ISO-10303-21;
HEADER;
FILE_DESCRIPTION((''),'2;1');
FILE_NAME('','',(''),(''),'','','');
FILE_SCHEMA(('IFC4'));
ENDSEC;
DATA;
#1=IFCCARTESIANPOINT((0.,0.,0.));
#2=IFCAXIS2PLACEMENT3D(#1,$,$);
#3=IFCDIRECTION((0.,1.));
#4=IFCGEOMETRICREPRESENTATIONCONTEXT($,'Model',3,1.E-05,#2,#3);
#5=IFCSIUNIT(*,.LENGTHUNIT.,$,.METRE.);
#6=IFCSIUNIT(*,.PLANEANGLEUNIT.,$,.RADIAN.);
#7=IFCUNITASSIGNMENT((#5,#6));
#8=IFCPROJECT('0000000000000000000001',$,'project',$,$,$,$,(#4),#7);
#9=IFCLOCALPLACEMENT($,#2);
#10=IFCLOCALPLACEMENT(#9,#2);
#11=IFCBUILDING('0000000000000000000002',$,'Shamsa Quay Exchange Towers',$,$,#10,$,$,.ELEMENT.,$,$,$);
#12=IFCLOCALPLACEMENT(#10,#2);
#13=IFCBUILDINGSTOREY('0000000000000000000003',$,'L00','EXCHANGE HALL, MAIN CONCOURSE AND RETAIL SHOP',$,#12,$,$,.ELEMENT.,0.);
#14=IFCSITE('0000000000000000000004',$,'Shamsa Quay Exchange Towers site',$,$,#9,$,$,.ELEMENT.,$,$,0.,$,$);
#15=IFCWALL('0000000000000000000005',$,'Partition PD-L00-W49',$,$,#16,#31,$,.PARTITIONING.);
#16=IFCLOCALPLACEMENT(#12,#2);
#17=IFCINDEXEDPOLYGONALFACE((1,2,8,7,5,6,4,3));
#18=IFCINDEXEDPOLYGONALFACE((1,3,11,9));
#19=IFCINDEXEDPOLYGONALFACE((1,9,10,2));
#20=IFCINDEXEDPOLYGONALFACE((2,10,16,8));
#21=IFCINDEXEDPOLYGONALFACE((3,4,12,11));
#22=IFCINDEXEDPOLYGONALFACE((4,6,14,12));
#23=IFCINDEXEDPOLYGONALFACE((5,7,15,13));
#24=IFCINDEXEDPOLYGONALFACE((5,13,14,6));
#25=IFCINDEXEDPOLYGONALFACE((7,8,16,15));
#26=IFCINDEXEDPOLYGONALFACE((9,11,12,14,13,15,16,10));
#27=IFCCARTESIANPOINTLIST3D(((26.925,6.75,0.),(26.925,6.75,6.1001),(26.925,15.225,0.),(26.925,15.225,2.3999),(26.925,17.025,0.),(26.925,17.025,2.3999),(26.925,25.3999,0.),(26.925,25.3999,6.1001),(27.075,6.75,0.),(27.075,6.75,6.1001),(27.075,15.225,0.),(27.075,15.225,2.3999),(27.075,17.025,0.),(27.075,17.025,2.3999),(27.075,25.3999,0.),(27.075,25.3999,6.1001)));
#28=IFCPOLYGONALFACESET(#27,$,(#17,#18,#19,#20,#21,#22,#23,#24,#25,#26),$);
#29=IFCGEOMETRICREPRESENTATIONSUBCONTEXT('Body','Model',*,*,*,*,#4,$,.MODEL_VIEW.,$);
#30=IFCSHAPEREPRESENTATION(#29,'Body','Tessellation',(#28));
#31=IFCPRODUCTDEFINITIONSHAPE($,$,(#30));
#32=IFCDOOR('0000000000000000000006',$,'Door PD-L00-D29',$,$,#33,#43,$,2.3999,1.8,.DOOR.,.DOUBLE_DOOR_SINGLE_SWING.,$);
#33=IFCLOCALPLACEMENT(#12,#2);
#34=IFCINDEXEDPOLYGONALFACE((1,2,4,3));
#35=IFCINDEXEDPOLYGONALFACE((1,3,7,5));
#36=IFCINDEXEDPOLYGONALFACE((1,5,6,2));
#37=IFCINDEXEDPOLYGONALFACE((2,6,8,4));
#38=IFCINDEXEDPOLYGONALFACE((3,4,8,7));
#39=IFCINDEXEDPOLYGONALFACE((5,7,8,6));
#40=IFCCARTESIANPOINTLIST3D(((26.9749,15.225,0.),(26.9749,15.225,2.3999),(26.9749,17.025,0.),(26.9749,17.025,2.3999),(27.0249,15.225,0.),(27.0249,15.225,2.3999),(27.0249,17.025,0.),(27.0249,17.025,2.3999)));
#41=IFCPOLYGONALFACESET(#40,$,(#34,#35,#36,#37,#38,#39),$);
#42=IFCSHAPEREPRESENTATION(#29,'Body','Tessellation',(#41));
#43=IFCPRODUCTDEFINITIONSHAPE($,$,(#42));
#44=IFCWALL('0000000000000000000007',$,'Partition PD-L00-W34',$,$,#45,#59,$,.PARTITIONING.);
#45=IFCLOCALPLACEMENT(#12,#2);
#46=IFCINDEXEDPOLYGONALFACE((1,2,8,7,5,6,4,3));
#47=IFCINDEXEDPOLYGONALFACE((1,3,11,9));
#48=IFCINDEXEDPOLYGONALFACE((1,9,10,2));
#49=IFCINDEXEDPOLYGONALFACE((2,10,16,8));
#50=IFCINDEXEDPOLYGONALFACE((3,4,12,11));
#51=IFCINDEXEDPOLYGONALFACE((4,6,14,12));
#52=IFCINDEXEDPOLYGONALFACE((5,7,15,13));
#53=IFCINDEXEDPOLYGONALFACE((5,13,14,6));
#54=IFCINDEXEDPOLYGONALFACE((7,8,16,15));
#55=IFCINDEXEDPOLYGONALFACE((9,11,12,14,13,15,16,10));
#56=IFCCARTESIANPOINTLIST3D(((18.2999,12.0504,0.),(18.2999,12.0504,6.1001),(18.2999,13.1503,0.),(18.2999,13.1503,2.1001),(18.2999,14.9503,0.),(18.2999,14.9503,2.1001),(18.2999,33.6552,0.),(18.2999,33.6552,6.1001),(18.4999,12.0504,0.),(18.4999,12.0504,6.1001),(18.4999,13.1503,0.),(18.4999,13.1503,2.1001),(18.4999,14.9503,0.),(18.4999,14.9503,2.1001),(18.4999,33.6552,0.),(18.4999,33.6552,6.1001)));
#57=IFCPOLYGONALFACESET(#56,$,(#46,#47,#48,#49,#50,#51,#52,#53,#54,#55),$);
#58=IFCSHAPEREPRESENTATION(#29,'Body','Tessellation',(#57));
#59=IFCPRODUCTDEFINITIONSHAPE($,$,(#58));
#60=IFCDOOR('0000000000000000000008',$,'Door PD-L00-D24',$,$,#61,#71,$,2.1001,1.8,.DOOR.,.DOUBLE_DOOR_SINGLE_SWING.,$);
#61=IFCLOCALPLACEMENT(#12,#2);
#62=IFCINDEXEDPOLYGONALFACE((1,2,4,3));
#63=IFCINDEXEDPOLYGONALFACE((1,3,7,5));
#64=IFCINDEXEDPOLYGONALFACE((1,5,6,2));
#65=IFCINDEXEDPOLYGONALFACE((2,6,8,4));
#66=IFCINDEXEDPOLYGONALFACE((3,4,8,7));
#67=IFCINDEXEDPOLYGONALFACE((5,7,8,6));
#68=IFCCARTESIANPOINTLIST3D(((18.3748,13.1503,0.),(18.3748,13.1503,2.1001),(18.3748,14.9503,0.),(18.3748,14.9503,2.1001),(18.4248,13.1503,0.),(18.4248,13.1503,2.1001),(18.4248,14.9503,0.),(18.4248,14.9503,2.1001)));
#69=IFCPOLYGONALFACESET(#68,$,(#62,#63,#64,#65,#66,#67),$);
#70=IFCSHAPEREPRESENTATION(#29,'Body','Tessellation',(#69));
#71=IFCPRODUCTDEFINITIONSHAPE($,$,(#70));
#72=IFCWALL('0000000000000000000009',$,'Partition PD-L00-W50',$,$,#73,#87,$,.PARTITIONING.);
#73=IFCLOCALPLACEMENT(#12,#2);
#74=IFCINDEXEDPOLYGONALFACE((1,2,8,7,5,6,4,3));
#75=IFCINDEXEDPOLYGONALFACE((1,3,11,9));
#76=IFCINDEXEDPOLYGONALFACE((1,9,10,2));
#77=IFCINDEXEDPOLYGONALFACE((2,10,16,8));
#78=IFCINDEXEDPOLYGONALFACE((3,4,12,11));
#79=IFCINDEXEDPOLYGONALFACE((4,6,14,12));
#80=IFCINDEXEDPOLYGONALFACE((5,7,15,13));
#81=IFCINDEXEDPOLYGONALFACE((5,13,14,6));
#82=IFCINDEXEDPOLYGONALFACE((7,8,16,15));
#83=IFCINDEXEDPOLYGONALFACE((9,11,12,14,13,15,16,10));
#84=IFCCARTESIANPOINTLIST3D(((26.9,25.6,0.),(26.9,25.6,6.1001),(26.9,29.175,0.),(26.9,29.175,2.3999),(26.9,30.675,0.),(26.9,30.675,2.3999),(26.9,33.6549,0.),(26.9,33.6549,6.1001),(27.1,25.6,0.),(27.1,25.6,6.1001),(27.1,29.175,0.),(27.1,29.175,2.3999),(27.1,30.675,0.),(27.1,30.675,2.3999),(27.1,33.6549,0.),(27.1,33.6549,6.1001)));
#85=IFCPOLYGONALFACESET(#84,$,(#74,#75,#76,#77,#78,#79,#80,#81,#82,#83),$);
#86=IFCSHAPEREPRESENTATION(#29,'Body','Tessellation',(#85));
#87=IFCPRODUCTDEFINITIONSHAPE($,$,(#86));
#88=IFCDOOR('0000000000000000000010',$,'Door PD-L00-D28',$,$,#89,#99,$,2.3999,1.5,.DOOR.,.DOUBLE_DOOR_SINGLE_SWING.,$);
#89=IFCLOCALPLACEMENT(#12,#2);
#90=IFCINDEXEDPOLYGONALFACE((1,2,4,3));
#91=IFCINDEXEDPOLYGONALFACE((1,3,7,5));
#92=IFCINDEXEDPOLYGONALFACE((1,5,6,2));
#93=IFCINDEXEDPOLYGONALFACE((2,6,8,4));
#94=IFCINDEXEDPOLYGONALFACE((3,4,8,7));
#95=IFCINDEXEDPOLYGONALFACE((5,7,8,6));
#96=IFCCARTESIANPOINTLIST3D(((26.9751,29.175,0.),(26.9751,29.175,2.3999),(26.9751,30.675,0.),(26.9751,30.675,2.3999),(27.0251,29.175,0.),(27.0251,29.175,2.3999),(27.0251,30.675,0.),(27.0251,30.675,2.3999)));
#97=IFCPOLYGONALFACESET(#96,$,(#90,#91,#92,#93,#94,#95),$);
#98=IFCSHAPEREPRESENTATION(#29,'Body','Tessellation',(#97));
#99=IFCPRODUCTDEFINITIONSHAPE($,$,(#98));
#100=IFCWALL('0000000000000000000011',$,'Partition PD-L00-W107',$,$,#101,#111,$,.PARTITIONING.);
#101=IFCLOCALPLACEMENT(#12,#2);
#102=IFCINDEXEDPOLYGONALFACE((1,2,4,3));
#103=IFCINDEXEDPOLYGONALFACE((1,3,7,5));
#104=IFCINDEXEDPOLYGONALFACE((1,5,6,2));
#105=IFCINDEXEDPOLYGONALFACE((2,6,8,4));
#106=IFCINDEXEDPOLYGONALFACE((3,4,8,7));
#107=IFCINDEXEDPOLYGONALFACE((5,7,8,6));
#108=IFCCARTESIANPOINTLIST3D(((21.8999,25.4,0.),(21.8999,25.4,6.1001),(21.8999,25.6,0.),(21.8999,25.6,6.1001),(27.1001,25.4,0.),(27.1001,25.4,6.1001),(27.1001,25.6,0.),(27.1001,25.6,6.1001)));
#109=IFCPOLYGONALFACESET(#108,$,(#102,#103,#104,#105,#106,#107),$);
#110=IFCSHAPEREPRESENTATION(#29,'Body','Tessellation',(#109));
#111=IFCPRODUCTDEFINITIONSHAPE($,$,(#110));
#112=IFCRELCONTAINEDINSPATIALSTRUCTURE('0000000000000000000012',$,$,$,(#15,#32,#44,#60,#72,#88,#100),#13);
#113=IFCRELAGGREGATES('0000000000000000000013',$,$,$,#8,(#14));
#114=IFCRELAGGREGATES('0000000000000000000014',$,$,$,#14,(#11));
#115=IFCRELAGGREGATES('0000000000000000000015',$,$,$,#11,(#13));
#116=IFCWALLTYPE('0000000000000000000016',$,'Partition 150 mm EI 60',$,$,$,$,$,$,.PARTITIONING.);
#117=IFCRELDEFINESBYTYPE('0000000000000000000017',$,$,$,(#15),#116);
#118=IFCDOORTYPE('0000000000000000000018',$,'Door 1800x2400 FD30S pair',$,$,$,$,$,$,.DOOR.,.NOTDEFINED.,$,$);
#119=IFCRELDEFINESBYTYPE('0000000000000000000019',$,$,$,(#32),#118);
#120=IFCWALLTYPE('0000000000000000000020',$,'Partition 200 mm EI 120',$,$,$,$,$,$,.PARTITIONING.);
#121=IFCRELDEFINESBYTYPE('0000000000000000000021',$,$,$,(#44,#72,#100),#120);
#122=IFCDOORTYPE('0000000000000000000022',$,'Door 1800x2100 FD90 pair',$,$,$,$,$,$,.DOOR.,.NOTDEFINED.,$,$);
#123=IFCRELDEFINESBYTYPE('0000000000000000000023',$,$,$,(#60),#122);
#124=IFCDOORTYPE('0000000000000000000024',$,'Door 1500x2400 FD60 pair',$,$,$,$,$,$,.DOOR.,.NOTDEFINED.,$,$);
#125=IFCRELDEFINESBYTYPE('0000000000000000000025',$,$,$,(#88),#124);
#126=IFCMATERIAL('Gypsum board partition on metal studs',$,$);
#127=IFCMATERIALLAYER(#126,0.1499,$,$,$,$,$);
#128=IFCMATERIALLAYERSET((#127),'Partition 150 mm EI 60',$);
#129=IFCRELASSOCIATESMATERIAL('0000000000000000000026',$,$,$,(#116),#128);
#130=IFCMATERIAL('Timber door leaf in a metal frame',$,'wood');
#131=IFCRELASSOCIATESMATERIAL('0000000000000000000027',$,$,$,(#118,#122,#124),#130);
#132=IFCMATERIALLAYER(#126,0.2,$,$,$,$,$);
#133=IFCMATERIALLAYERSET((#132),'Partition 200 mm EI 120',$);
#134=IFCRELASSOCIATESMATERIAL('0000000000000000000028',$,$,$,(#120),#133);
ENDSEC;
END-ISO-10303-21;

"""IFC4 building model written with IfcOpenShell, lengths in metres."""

from ifc_helpers import new_model, si_unit, direction, frame, frame_2d, origin, place, context, subcontext, project, spatial, rectangle, extrude, material, layer, layer_set, type_object, element, fill, save


model = new_model("IFC4")

# Units and contexts
model_context = context("Model", 3, precision=1e-05, world=origin(), true_north=direction((0.0, 1.0)))
body_context = subcontext(model_context, "Body", "Model", "MODEL_VIEW")
ifc_project = project(units=[si_unit("LENGTHUNIT", "METRE"), si_unit("PLANEANGLEUNIT", "RADIAN")], contexts=[model_context])

# Site, building, storey
site_placement = place(None, origin())
site = spatial("IfcSite", under=ifc_project, at=site_placement, Name="Shamsa Quay Exchange Towers site", CompositionType="ELEMENT", RefElevation=0.0)
building_placement = place(site_placement, origin())
building = spatial("IfcBuilding", under=site, at=building_placement, Name="Shamsa Quay Exchange Towers", CompositionType="ELEMENT")
storey_placement = place(building_placement, origin())
storey = spatial("IfcBuildingStorey", under=building, at=storey_placement, Name="L00", Description="EXCHANGE HALL, MAIN CONCOURSE AND RETAIL SHOP", CompositionType="ELEMENT", Elevation=0.0)

# Walls, openings, doors
ifc_material_1 = material(Name="Gypsum board partition on metal studs")
ifc_layer_1 = layer(ifc_material_1, 0.1499)
ifc_layer_set_1 = layer_set([ifc_layer_1], Name="Partition 150 mm EI 60")
wall_type_1 = type_object("IfcWallType", Name="Partition 150 mm EI 60", PredefinedType="PARTITIONING", material=ifc_layer_set_1)
wall_1_placement = place(storey_placement, frame((27.0, 25.3999, 0.0), z_axis=(0.0, 0.0, 1.0), x_axis=(0.0, -1.0, 0.0)))
wall_1 = element("IfcWall", 1, at=wall_1_placement, inside=storey, type_object=wall_type_1, Name="Partition PD-L00-W49", PredefinedType="PARTITIONING", context=body_context, shape_type="SweptSolid", body=[
    extrude(rectangle(XDim=18.6499, YDim=0.1499, at=frame_2d((9.325, 0.0))), origin(), (0.0, 0.0, 1.0), 6.1001),
])
opening_1_placement = place(wall_1_placement, frame((8.375, 0.0, 0.0)))
opening_1 = element("IfcOpeningElement", 2, at=opening_1_placement, cuts=wall_1, PredefinedType="OPENING", context=body_context, shape_type="SweptSolid", body=[
    extrude(rectangle(XDim=1.8, YDim=2.3999, at=frame_2d((0.8999, 1.2))), frame((0.0, 0.085, 0.0), z_axis=(0.0, -1.0, 0.0), x_axis=(1.0, 0.0, 0.0)), (0.0, 0.0, 1.0), 0.1699),
])
ifc_material_2 = material(Name="Timber door leaf in a metal frame", Category="wood")
door_type_1 = type_object("IfcDoorType", Name="Door 1800x2400 FD30S pair", OperationType="NOTDEFINED", PredefinedType="DOOR", material=ifc_material_2)
door_1_placement = place(opening_1_placement, origin())
door_1 = element("IfcDoor", 3, at=door_1_placement, inside=storey, type_object=door_type_1, Name="Door PD-L00-D29", OperationType="DOUBLE_DOOR_SINGLE_SWING", OverallHeight=2.3999, OverallWidth=1.8, PredefinedType="DOOR", context=body_context, shape_type="SweptSolid", body=[
    extrude(rectangle(XDim=1.8, YDim=2.3999, at=frame_2d((0.8999, 1.2))), frame((0.0, 0.0249, 0.0), z_axis=(0.0, -1.0, 0.0), x_axis=(1.0, 0.0, 0.0)), (0.0, 0.0, 1.0), 0.05),
])
fill(opening_1, door_1)
ifc_layer_2 = layer(ifc_material_1, 0.2)
ifc_layer_set_2 = layer_set([ifc_layer_2], Name="Partition 200 mm EI 120")
wall_type_2 = type_object("IfcWallType", Name="Partition 200 mm EI 120", PredefinedType="PARTITIONING", material=ifc_layer_set_2)
wall_2_placement = place(storey_placement, frame((18.3999, 33.655, 0.0), z_axis=(0.0, 0.0, 1.0), x_axis=(0.0, -1.0, 0.0)))
wall_2 = element("IfcWall", 4, at=wall_2_placement, inside=storey, type_object=wall_type_2, Name="Partition PD-L00-W34", PredefinedType="PARTITIONING", context=body_context, shape_type="SweptSolid", body=[
    extrude(rectangle(XDim=21.6047, YDim=0.2, at=frame_2d((10.8022, 0.0))), origin(), (0.0, 0.0, 1.0), 6.1001),
])
opening_2_placement = place(wall_2_placement, frame((18.7048, 0.0, 0.0)))
opening_2 = element("IfcOpeningElement", 5, at=opening_2_placement, cuts=wall_2, PredefinedType="OPENING", context=body_context, shape_type="SweptSolid", body=[
    extrude(rectangle(XDim=1.8, YDim=2.1001, at=frame_2d((0.8999, 1.05))), frame((0.0, 0.1099, 0.0), z_axis=(0.0, -1.0, 0.0), x_axis=(1.0, 0.0, 0.0)), (0.0, 0.0, 1.0), 0.22),
])
door_type_2 = type_object("IfcDoorType", Name="Door 1800x2100 FD90 pair", OperationType="NOTDEFINED", PredefinedType="DOOR", material=ifc_material_2)
door_2_placement = place(opening_2_placement, origin())
door_2 = element("IfcDoor", 6, at=door_2_placement, inside=storey, type_object=door_type_2, Name="Door PD-L00-D24", OperationType="DOUBLE_DOOR_SINGLE_SWING", OverallHeight=2.1001, OverallWidth=1.8, PredefinedType="DOOR", context=body_context, shape_type="SweptSolid", body=[
    extrude(rectangle(XDim=1.8, YDim=2.1001, at=frame_2d((0.8999, 1.05))), frame((0.0, 0.0249, 0.0), z_axis=(0.0, -1.0, 0.0), x_axis=(1.0, 0.0, 0.0)), (0.0, 0.0, 1.0), 0.05),
])
fill(opening_2, door_2)
wall_3_placement = place(storey_placement, frame((27.0, 25.6001, 0.0), z_axis=(0.0, 0.0, 1.0), x_axis=(0.0, 1.0, 0.0)))
wall_3 = element("IfcWall", 7, at=wall_3_placement, inside=storey, type_object=wall_type_2, Name="Partition PD-L00-W50", PredefinedType="PARTITIONING", context=body_context, shape_type="SweptSolid", body=[
    extrude(rectangle(XDim=8.0549, YDim=0.2, at=frame_2d((4.0273, 0.0))), origin(), (0.0, 0.0, 1.0), 6.1001),
])
opening_3_placement = place(wall_3_placement, frame((3.575, 0.0, 0.0)))
opening_3 = element("IfcOpeningElement", 8, at=opening_3_placement, cuts=wall_3, PredefinedType="OPENING", context=body_context, shape_type="SweptSolid", body=[
    extrude(rectangle(XDim=1.5, YDim=2.3999, at=frame_2d((0.75, 1.2))), frame((0.0, 0.1099, 0.0), z_axis=(0.0, -1.0, 0.0), x_axis=(1.0, 0.0, 0.0)), (0.0, 0.0, 1.0), 0.22),
])
door_type_3 = type_object("IfcDoorType", Name="Door 1500x2400 FD60 pair", OperationType="NOTDEFINED", PredefinedType="DOOR", material=ifc_material_2)
door_3_placement = place(opening_3_placement, origin())
door_3 = element("IfcDoor", 9, at=door_3_placement, inside=storey, type_object=door_type_3, Name="Door PD-L00-D28", OperationType="DOUBLE_DOOR_SINGLE_SWING", OverallHeight=2.3999, OverallWidth=1.5, PredefinedType="DOOR", context=body_context, shape_type="SweptSolid", body=[
    extrude(rectangle(XDim=1.5, YDim=2.3999, at=frame_2d((0.75, 1.2))), frame((0.0, 0.0249, 0.0), z_axis=(0.0, -1.0, 0.0), x_axis=(1.0, 0.0, 0.0)), (0.0, 0.0, 1.0), 0.05),
])
fill(opening_3, door_3)

# Wall
wall_4_placement = place(storey_placement, frame((27.1001, 25.5, 0.0), z_axis=(0.0, 0.0, 1.0), x_axis=(-1.0, 0.0, 0.0)))
element("IfcWall", 10, at=wall_4_placement, inside=storey, type_object=wall_type_2, Name="Partition PD-L00-W107", PredefinedType="PARTITIONING", context=body_context, shape_type="SweptSolid", body=[
    extrude(rectangle(XDim=5.2002, YDim=0.2, at=frame_2d((2.6001, 0.0))), origin(), (0.0, 0.0, 1.0), 6.1001),
])

save(model, "model.ifc")
